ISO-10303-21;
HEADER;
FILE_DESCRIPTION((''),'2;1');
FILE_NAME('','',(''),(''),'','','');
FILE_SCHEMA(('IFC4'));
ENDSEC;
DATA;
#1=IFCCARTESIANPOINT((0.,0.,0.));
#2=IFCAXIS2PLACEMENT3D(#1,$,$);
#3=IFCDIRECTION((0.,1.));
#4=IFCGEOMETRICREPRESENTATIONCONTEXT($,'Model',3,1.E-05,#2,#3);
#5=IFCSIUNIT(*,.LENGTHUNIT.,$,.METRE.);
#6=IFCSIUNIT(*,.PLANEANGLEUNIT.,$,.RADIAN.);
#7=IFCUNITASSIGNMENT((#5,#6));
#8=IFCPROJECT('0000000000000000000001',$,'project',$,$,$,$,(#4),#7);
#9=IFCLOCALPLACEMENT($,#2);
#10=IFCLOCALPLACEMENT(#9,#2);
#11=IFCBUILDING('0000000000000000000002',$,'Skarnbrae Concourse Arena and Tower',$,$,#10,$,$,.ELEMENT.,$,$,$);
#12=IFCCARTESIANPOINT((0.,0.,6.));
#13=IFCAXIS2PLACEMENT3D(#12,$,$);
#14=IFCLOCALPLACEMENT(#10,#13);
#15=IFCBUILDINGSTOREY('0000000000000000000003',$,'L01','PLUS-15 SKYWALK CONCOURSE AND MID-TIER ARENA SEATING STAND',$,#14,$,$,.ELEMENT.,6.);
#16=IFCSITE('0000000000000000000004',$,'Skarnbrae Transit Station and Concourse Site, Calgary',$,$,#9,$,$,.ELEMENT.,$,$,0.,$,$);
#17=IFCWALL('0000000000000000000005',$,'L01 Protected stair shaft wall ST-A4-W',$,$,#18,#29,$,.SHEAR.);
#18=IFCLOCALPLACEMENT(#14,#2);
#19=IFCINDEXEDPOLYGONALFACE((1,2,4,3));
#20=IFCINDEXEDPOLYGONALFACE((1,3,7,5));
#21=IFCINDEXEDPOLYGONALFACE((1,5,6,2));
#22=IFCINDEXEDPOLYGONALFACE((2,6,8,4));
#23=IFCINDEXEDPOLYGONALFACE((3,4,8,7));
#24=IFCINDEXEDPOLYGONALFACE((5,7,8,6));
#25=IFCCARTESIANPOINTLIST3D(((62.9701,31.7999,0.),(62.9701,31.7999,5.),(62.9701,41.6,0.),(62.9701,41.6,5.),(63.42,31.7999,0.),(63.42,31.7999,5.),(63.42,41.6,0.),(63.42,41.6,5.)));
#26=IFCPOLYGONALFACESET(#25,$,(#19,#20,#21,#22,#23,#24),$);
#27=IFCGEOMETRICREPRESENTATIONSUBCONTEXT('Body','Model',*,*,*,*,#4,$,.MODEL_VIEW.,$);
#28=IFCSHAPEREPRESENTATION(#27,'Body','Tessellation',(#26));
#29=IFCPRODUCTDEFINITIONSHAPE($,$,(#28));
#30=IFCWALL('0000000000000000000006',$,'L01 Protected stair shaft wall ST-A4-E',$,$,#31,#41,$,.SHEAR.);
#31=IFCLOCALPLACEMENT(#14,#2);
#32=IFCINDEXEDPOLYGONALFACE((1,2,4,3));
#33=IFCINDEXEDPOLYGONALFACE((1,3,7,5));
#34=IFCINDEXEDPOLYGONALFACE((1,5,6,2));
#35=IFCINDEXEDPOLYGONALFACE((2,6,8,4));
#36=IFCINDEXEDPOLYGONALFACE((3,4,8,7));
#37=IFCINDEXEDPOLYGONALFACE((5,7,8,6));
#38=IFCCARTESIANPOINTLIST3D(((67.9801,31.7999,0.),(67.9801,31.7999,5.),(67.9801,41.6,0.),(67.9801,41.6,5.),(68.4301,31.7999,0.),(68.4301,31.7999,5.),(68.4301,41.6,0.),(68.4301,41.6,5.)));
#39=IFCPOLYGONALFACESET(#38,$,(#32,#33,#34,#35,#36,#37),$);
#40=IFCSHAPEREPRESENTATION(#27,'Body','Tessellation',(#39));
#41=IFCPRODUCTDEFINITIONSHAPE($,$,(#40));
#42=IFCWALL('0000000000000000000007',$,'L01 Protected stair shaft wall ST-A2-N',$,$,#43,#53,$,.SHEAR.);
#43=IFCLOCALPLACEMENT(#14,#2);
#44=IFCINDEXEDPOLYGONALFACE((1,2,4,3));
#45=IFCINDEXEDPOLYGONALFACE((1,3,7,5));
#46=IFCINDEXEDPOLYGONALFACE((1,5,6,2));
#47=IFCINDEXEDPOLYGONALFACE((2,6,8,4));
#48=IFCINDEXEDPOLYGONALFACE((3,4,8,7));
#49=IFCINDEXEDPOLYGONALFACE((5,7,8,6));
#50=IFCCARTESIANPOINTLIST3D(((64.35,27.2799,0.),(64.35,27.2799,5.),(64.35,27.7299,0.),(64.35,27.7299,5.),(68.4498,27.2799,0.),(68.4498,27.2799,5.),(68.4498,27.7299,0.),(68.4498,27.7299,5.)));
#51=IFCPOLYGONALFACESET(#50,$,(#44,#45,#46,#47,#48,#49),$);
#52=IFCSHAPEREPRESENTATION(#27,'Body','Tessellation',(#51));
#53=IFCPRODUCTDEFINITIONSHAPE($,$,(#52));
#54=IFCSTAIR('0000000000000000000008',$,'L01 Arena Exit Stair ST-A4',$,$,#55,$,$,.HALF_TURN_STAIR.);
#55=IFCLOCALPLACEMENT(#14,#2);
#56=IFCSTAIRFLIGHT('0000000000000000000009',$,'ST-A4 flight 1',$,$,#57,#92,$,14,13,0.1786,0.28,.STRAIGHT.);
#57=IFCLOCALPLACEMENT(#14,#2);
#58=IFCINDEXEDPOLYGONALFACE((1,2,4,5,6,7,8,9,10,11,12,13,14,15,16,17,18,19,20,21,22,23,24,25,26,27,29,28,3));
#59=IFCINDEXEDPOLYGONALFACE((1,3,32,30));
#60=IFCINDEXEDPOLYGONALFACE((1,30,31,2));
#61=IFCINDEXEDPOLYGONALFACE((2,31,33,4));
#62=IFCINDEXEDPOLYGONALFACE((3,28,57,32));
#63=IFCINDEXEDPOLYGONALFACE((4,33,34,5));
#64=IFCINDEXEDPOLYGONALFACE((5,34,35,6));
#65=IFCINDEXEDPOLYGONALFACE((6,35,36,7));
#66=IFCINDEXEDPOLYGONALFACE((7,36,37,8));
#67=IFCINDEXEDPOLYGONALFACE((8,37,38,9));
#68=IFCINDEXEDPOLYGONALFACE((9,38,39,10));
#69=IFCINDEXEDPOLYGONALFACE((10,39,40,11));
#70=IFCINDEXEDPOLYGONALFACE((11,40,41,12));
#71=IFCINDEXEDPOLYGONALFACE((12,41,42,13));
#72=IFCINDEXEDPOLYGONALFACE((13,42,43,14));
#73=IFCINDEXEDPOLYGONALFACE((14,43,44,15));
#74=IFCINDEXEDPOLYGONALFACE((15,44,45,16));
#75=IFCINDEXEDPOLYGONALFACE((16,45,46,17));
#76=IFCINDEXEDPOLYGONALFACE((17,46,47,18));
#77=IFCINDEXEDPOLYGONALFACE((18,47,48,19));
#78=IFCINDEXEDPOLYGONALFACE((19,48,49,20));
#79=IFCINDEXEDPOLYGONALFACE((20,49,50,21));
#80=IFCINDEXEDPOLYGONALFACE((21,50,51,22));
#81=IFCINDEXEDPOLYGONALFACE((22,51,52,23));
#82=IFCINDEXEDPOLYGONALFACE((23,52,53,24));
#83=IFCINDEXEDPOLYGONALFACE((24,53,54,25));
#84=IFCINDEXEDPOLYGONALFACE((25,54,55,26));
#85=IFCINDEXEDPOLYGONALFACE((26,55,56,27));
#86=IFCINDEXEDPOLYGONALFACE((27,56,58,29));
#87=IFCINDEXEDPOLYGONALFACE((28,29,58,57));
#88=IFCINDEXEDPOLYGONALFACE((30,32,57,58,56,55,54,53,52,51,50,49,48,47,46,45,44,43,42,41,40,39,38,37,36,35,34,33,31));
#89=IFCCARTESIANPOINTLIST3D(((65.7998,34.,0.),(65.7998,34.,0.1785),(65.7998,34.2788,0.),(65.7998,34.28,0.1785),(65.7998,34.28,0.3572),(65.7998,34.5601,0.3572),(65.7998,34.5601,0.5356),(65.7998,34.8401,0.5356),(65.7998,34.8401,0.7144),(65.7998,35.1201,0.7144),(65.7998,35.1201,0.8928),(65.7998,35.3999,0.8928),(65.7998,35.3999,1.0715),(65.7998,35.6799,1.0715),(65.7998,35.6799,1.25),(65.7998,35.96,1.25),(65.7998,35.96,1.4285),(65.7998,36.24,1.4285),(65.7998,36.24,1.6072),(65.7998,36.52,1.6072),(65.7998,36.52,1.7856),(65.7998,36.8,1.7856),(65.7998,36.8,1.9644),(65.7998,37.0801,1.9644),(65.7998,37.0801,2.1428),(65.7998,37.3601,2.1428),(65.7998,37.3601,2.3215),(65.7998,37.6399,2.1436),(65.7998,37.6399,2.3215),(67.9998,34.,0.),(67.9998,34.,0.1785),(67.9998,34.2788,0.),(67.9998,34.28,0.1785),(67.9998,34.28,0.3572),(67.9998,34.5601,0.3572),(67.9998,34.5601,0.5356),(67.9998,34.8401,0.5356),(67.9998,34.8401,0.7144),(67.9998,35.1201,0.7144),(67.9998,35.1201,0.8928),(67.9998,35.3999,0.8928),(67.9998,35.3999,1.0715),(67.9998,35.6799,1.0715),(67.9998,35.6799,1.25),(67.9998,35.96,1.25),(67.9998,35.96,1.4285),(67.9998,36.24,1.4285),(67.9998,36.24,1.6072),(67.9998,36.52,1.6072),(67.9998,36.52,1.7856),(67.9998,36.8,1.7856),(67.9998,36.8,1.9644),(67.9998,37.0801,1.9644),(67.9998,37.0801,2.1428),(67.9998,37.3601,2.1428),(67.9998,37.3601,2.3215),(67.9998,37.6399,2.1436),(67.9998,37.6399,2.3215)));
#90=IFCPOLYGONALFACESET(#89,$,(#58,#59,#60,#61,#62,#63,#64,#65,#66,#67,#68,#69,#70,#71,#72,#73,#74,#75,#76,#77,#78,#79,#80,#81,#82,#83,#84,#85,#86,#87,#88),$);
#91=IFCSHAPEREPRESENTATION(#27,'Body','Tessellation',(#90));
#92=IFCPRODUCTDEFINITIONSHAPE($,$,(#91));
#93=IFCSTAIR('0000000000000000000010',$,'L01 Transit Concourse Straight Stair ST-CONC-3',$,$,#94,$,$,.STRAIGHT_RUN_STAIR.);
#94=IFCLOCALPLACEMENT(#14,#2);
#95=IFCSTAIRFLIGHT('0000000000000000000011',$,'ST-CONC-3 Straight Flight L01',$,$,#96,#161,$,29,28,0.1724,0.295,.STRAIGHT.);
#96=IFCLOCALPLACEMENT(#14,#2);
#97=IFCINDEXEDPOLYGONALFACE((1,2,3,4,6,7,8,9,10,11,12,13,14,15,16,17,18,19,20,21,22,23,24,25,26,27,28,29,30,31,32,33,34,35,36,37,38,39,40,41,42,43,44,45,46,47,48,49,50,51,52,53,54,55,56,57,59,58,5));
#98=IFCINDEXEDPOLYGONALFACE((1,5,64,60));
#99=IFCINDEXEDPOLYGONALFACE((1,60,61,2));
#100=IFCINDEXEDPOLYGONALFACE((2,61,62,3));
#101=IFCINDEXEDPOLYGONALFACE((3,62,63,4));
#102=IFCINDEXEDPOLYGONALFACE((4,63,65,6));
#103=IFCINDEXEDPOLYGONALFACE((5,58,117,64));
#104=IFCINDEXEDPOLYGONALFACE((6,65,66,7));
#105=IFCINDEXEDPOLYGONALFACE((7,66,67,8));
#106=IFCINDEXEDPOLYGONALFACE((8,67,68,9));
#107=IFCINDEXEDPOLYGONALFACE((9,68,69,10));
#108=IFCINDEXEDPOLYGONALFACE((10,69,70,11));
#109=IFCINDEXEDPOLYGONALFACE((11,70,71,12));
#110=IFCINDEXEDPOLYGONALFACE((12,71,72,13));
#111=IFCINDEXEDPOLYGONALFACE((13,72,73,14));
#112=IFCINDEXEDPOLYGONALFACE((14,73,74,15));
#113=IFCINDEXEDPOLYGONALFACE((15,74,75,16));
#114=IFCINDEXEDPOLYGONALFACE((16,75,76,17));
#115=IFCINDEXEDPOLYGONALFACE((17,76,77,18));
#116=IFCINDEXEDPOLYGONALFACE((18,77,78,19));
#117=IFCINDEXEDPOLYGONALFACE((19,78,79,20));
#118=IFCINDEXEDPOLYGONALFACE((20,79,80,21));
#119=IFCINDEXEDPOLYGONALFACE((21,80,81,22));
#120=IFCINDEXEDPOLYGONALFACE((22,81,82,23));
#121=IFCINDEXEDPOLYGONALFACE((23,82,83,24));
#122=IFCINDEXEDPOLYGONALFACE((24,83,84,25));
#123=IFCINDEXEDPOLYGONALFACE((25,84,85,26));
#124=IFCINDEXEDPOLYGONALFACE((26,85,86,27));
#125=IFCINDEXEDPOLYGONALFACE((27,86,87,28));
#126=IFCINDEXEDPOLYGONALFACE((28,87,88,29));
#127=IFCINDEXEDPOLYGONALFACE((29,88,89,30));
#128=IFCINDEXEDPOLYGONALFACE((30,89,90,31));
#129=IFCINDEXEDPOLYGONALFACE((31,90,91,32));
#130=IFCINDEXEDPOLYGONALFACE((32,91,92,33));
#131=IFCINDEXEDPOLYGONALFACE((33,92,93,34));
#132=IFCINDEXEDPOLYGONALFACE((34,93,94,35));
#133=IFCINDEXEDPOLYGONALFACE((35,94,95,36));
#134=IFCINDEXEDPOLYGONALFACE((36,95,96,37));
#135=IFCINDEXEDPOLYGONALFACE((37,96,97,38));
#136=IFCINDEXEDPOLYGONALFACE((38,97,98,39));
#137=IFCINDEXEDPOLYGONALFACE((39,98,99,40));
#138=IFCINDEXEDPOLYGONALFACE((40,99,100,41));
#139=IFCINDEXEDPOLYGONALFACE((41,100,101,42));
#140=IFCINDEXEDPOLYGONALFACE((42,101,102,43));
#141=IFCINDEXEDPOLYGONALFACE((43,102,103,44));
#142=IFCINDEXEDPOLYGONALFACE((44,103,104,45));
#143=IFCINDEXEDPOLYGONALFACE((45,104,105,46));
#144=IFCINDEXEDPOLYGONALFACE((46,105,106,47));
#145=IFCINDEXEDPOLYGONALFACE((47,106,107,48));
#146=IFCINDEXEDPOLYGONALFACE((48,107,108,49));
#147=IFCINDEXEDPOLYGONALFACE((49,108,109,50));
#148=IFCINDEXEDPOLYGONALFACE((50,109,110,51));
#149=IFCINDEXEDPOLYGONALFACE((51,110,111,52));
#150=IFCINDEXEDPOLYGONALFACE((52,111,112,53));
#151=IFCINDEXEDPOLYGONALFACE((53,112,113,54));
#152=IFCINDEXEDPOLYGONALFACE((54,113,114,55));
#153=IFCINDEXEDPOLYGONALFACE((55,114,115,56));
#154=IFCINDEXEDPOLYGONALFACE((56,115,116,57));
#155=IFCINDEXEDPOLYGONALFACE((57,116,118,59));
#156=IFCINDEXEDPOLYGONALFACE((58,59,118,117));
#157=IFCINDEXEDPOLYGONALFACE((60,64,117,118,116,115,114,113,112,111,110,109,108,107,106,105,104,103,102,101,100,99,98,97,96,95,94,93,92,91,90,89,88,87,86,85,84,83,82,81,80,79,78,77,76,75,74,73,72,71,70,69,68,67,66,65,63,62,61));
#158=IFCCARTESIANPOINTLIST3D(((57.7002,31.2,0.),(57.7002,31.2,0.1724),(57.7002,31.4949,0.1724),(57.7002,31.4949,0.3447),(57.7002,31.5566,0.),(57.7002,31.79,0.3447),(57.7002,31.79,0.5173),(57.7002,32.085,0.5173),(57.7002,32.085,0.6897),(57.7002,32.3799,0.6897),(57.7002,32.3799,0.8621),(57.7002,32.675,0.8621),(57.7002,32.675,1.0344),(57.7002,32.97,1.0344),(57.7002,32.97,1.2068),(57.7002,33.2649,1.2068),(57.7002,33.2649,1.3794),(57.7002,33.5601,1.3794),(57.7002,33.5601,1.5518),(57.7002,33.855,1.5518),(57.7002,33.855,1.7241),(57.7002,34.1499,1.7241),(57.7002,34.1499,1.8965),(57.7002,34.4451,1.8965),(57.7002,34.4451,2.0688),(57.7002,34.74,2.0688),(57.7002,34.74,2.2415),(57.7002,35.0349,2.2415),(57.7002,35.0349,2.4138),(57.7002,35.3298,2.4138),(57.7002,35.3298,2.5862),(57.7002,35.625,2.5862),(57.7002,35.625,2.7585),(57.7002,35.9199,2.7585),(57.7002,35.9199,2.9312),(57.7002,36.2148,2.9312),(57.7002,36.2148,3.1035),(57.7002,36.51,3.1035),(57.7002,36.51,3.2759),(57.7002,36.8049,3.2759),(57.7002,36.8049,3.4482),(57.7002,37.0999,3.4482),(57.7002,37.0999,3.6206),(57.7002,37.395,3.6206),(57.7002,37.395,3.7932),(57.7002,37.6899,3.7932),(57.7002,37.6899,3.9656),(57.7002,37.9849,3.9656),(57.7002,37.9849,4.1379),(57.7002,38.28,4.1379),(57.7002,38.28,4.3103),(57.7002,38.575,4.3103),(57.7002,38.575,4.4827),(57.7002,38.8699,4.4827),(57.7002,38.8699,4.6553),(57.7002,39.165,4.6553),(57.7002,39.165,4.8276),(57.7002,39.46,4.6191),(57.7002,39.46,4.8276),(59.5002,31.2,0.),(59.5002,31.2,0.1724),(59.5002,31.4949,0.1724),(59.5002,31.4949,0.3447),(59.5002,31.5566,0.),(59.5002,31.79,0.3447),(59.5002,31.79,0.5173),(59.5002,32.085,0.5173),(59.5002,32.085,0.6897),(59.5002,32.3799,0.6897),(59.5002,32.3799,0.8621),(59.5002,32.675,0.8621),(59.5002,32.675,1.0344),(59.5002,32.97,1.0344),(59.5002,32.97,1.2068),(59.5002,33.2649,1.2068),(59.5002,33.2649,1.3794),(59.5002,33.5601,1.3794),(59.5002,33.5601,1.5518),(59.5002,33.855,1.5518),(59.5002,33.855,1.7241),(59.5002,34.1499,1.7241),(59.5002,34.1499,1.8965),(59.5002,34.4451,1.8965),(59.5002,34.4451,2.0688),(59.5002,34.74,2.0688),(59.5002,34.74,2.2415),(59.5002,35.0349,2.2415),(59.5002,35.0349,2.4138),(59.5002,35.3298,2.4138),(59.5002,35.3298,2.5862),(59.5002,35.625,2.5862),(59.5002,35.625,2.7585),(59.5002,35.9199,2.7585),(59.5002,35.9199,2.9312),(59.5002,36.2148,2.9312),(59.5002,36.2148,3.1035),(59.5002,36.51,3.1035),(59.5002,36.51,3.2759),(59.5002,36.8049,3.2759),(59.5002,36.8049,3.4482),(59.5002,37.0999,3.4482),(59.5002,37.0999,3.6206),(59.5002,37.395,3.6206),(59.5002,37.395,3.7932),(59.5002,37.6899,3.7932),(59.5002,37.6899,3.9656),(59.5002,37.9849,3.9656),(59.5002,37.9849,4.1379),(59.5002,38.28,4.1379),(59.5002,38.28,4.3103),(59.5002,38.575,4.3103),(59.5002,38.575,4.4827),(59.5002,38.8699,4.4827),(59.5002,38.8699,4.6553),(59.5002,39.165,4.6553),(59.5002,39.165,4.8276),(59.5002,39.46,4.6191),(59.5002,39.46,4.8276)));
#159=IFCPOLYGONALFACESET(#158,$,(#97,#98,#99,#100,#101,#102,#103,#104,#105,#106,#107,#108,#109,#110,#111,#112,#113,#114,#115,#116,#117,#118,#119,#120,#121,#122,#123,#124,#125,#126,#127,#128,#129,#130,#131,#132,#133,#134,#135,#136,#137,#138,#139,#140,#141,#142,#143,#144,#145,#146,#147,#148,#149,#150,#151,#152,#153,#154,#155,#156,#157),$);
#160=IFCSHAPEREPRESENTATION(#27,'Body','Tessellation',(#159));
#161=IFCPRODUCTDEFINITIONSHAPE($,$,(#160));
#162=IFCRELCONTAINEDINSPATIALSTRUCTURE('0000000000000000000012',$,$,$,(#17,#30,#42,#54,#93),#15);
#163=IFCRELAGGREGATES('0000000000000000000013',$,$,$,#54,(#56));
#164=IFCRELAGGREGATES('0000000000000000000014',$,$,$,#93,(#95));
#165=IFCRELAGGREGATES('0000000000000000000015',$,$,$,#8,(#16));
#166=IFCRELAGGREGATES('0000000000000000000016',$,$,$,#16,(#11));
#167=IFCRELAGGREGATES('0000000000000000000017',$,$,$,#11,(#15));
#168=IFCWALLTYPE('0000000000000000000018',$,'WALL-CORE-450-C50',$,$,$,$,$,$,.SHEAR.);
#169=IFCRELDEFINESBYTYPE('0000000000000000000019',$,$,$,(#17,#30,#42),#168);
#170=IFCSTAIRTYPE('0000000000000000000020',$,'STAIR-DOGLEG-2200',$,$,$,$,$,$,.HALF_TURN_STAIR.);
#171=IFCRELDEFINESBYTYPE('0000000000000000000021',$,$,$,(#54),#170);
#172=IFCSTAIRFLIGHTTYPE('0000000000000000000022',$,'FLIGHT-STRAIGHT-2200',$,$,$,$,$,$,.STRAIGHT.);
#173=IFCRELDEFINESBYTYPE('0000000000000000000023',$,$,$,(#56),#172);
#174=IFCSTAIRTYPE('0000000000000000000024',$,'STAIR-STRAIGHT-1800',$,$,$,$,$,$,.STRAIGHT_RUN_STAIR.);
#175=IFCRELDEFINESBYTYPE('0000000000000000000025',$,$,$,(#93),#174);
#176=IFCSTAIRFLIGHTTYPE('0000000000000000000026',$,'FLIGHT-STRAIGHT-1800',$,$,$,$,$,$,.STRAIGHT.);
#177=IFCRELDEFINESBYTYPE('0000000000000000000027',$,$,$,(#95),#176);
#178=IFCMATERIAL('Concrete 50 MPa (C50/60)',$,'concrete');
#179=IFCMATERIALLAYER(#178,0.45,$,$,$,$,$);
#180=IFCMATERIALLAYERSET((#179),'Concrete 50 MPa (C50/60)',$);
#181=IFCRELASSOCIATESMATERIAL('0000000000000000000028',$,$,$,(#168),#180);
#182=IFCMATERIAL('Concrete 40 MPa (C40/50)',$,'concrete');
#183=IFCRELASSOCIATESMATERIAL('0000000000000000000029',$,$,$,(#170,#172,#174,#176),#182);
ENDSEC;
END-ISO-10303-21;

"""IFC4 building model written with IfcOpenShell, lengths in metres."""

from ifc_helpers import new_model, si_unit, direction, frame, frame_2d, origin, place, context, subcontext, project, spatial, polyline, rectangle, outline, extrude, source, transform, mapped, material, layer, layer_set, type_object, element, aggregate, save


model = new_model("IFC4")

# Units and contexts
model_context = context("Model", 3, precision=1e-05, world=origin(), true_north=direction((0.0, 1.0)))
body_context = subcontext(model_context, "Body", "Model", "MODEL_VIEW")
ifc_project = project(units=[si_unit("LENGTHUNIT", "METRE"), si_unit("PLANEANGLEUNIT", "RADIAN")], contexts=[model_context])

# Site, building, storey
site_placement = place(None, origin())
site = spatial("IfcSite", under=ifc_project, at=site_placement, Name="Skarnbrae Transit Station and Concourse Site, Calgary", CompositionType="ELEMENT", RefElevation=0.0)
building_placement = place(site_placement, origin())
building = spatial("IfcBuilding", under=site, at=building_placement, Name="Skarnbrae Concourse Arena and Tower", CompositionType="ELEMENT")
storey_placement = place(building_placement, frame((0.0, 0.0, 6.0)))
storey = spatial("IfcBuildingStorey", under=building, at=storey_placement, Name="L01", Description="PLUS-15 SKYWALK CONCOURSE AND MID-TIER ARENA SEATING STAND", CompositionType="ELEMENT", Elevation=6.0)

# Walls
ifc_material_1 = material(Name="Concrete 50 MPa (C50/60)", Category="concrete")
ifc_layer_1 = layer(ifc_material_1, 0.45)
ifc_layer_set_1 = layer_set([ifc_layer_1], Name="Concrete 50 MPa (C50/60)")
wall_type = type_object("IfcWallType", Name="WALL-CORE-450-C50", PredefinedType="SHEAR", material=ifc_layer_set_1)
shared_shape_1 = source(origin(), body_context, "Body", "SweptSolid", [
    extrude(rectangle(XDim=9.8, YDim=0.45, at=frame_2d((4.8999, 0.0))), origin(), (0.0, 0.0, 1.0), 5.0),
])
for number, where, z_axis, x_axis, name in (
    (1, (63.1951, 31.8, 0.0), (0.0, 0.0, 1.0), (0.0, 1.0, 0.0), "L01 Protected stair shaft wall ST-A4-W"),
    (2, (68.2051, 31.8, 0.0), (0.0, 0.0, 1.0), (0.0, 1.0, 0.0), "L01 Protected stair shaft wall ST-A4-E"),
):
    element("IfcWall", number, at=place(storey_placement, frame(where, z_axis=z_axis, x_axis=x_axis)), inside=storey, type_object=wall_type, Name=name, PredefinedType="SHEAR", context=body_context, shape_type="MappedRepresentation", body=[
        mapped(shared_shape_1, transform((0.0, 0.0, 0.0))),
    ])
shared_shape_2 = source(origin(), body_context, "Body", "SweptSolid", [
    extrude(rectangle(XDim=4.0999, YDim=0.45, at=frame_2d((2.0498, 0.0))), origin(), (0.0, 0.0, 1.0), 5.0),
])
wall_1_placement = place(storey_placement, frame((64.3501, 27.5049, 0.0), z_axis=(0.0, 0.0, 1.0), x_axis=(1.0, 0.0, 0.0)))
element("IfcWall", 3, at=wall_1_placement, inside=storey, type_object=wall_type, Name="L01 Protected stair shaft wall ST-A2-N", PredefinedType="SHEAR", context=body_context, shape_type="MappedRepresentation", body=[
    mapped(shared_shape_2, transform((0.0, 0.0, 0.0))),
])

# Stairs, stair flights
ifc_material_2 = material(Name="Concrete 40 MPa (C40/50)", Category="concrete")
stair_type_1 = type_object("IfcStairType", Name="STAIR-DOGLEG-2200", PredefinedType="HALF_TURN_STAIR", material=ifc_material_2)
stair_1_placement = place(storey_placement, origin())
stair_1 = element("IfcStair", 4, at=stair_1_placement, inside=storey, type_object=stair_type_1, Name="L01 Arena Exit Stair ST-A4", PredefinedType="HALF_TURN_STAIR")
stair_flight_type_1 = type_object("IfcStairFlightType", Name="FLIGHT-STRAIGHT-2200", PredefinedType="STRAIGHT", material=ifc_material_2)
shared_shape_3 = source(origin(), body_context, "Body", "SweptSolid", [
    extrude(outline(polyline([(0.0, 0.0), (0.0, 0.1785), (0.28, 0.1785), (0.28, 0.3572), (0.5601, 0.3572), (0.5601, 0.5356), (0.8401, 0.5356), (0.8401, 0.7144), (1.1201, 0.7144), (1.1201, 0.8928), (1.3999, 0.8928), (1.3999, 1.0715), (1.6799, 1.0715), (1.6799, 1.25), (1.96, 1.25), (1.96, 1.4285), (2.24, 1.4285), (2.24, 1.6072), (2.52, 1.6072), (2.52, 1.7856), (2.8, 1.7856), (2.8, 1.9644), (3.0801, 1.9644), (3.0801, 2.1428), (3.3601, 2.1428), (3.3601, 2.3215), (3.6399, 2.3215), (3.6399, 2.5), (3.6399, 2.1436), (0.2788, 0.0), (0.0, 0.0)])), frame((0.0, 1.1001, 0.0), z_axis=(0.0, -1.0, 0.0), x_axis=(1.0, 0.0, 0.0)), (0.0, 0.0, 1.0), 2.2),
])
stair_flight_1_placement = place(storey_placement, frame((66.8999, 34.0, 0.0), z_axis=(0.0, 0.0, 1.0), x_axis=(0.0, 1.0, 0.0)))
stair_flight_1 = element("IfcStairFlight", 5, at=stair_flight_1_placement, type_object=stair_flight_type_1, Name="ST-A4 flight 1", NumberOfRisers=14, NumberOfTreads=13, PredefinedType="STRAIGHT", RiserHeight=0.1786, TreadLength=0.28, context=body_context, shape_type="MappedRepresentation", body=[
    mapped(shared_shape_3, transform((0.0, 0.0, 0.0))),
])
aggregate(stair_1, [stair_flight_1])
stair_type_2 = type_object("IfcStairType", Name="STAIR-STRAIGHT-1800", PredefinedType="STRAIGHT_RUN_STAIR", material=ifc_material_2)
stair_2_placement = place(storey_placement, origin())
stair_2 = element("IfcStair", 6, at=stair_2_placement, inside=storey, type_object=stair_type_2, Name="L01 Transit Concourse Straight Stair ST-CONC-3", PredefinedType="STRAIGHT_RUN_STAIR")
stair_flight_type_2 = type_object("IfcStairFlightType", Name="FLIGHT-STRAIGHT-1800", PredefinedType="STRAIGHT", material=ifc_material_2)
shared_shape_4 = source(origin(), body_context, "Body", "SweptSolid", [
    extrude(outline(polyline([(0.0, 0.0), (0.0, 0.1724), (0.2949, 0.1724), (0.2949, 0.3447), (0.5901, 0.3447), (0.5901, 0.5173), (0.885, 0.5173), (0.885, 0.6897), (1.1799, 0.6897), (1.1799, 0.8621), (1.4751, 0.8621), (1.4751, 1.0344), (1.77, 1.0344), (1.77, 1.2068), (2.0649, 1.2068), (2.0649, 1.3794), (2.3601, 1.3794), (2.3601, 1.5518), (2.655, 1.5518), (2.655, 1.7241), (2.95, 1.7241), (2.95, 1.8965), (3.2451, 1.8965), (3.2451, 2.0688), (3.54, 2.0688), (3.54, 2.2415), (3.835, 2.2415), (3.835, 2.4138), (4.1299, 2.4138), (4.1299, 2.5862), (4.425, 2.5862), (4.425, 2.7585), (4.72, 2.7585), (4.72, 2.9312), (5.0149, 2.9312), (5.0149, 3.1035), (5.3101, 3.1035), (5.3101, 3.2759), (5.605, 3.2759), (5.605, 3.4482), (5.8999, 3.4482), (5.8999, 3.6206), (6.1951, 3.6206), (6.1951, 3.7932), (6.49, 3.7932), (6.49, 3.9656), (6.7849, 3.9656), (6.7849, 4.1379), (7.0801, 4.1379), (7.0801, 4.3103), (7.375, 4.3103), (7.375, 4.4827), (7.6699, 4.4827), (7.6699, 4.6553), (7.9651, 4.6553), (7.9651, 4.8276), (8.26, 4.8276), (8.26, 5.0), (8.26, 4.6191), (0.3567, 0.0), (0.0, 0.0)])), frame((0.0, 0.8999, 0.0), z_axis=(0.0, -1.0, 0.0), x_axis=(1.0, 0.0, 0.0)), (0.0, 0.0, 1.0), 1.8),
])
stair_flight_2_placement = place(storey_placement, frame((58.6001, 31.2, 0.0), z_axis=(0.0, 0.0, 1.0), x_axis=(0.0, 1.0, 0.0)))
stair_flight_2 = element("IfcStairFlight", 7, at=stair_flight_2_placement, type_object=stair_flight_type_2, Name="ST-CONC-3 Straight Flight L01", NumberOfRisers=29, NumberOfTreads=28, PredefinedType="STRAIGHT", RiserHeight=0.1724, TreadLength=0.295, context=body_context, shape_type="MappedRepresentation", body=[
    mapped(shared_shape_4, transform((0.0, 0.0, 0.0))),
])
aggregate(stair_2, [stair_flight_2])

save(model, "model.ifc")
